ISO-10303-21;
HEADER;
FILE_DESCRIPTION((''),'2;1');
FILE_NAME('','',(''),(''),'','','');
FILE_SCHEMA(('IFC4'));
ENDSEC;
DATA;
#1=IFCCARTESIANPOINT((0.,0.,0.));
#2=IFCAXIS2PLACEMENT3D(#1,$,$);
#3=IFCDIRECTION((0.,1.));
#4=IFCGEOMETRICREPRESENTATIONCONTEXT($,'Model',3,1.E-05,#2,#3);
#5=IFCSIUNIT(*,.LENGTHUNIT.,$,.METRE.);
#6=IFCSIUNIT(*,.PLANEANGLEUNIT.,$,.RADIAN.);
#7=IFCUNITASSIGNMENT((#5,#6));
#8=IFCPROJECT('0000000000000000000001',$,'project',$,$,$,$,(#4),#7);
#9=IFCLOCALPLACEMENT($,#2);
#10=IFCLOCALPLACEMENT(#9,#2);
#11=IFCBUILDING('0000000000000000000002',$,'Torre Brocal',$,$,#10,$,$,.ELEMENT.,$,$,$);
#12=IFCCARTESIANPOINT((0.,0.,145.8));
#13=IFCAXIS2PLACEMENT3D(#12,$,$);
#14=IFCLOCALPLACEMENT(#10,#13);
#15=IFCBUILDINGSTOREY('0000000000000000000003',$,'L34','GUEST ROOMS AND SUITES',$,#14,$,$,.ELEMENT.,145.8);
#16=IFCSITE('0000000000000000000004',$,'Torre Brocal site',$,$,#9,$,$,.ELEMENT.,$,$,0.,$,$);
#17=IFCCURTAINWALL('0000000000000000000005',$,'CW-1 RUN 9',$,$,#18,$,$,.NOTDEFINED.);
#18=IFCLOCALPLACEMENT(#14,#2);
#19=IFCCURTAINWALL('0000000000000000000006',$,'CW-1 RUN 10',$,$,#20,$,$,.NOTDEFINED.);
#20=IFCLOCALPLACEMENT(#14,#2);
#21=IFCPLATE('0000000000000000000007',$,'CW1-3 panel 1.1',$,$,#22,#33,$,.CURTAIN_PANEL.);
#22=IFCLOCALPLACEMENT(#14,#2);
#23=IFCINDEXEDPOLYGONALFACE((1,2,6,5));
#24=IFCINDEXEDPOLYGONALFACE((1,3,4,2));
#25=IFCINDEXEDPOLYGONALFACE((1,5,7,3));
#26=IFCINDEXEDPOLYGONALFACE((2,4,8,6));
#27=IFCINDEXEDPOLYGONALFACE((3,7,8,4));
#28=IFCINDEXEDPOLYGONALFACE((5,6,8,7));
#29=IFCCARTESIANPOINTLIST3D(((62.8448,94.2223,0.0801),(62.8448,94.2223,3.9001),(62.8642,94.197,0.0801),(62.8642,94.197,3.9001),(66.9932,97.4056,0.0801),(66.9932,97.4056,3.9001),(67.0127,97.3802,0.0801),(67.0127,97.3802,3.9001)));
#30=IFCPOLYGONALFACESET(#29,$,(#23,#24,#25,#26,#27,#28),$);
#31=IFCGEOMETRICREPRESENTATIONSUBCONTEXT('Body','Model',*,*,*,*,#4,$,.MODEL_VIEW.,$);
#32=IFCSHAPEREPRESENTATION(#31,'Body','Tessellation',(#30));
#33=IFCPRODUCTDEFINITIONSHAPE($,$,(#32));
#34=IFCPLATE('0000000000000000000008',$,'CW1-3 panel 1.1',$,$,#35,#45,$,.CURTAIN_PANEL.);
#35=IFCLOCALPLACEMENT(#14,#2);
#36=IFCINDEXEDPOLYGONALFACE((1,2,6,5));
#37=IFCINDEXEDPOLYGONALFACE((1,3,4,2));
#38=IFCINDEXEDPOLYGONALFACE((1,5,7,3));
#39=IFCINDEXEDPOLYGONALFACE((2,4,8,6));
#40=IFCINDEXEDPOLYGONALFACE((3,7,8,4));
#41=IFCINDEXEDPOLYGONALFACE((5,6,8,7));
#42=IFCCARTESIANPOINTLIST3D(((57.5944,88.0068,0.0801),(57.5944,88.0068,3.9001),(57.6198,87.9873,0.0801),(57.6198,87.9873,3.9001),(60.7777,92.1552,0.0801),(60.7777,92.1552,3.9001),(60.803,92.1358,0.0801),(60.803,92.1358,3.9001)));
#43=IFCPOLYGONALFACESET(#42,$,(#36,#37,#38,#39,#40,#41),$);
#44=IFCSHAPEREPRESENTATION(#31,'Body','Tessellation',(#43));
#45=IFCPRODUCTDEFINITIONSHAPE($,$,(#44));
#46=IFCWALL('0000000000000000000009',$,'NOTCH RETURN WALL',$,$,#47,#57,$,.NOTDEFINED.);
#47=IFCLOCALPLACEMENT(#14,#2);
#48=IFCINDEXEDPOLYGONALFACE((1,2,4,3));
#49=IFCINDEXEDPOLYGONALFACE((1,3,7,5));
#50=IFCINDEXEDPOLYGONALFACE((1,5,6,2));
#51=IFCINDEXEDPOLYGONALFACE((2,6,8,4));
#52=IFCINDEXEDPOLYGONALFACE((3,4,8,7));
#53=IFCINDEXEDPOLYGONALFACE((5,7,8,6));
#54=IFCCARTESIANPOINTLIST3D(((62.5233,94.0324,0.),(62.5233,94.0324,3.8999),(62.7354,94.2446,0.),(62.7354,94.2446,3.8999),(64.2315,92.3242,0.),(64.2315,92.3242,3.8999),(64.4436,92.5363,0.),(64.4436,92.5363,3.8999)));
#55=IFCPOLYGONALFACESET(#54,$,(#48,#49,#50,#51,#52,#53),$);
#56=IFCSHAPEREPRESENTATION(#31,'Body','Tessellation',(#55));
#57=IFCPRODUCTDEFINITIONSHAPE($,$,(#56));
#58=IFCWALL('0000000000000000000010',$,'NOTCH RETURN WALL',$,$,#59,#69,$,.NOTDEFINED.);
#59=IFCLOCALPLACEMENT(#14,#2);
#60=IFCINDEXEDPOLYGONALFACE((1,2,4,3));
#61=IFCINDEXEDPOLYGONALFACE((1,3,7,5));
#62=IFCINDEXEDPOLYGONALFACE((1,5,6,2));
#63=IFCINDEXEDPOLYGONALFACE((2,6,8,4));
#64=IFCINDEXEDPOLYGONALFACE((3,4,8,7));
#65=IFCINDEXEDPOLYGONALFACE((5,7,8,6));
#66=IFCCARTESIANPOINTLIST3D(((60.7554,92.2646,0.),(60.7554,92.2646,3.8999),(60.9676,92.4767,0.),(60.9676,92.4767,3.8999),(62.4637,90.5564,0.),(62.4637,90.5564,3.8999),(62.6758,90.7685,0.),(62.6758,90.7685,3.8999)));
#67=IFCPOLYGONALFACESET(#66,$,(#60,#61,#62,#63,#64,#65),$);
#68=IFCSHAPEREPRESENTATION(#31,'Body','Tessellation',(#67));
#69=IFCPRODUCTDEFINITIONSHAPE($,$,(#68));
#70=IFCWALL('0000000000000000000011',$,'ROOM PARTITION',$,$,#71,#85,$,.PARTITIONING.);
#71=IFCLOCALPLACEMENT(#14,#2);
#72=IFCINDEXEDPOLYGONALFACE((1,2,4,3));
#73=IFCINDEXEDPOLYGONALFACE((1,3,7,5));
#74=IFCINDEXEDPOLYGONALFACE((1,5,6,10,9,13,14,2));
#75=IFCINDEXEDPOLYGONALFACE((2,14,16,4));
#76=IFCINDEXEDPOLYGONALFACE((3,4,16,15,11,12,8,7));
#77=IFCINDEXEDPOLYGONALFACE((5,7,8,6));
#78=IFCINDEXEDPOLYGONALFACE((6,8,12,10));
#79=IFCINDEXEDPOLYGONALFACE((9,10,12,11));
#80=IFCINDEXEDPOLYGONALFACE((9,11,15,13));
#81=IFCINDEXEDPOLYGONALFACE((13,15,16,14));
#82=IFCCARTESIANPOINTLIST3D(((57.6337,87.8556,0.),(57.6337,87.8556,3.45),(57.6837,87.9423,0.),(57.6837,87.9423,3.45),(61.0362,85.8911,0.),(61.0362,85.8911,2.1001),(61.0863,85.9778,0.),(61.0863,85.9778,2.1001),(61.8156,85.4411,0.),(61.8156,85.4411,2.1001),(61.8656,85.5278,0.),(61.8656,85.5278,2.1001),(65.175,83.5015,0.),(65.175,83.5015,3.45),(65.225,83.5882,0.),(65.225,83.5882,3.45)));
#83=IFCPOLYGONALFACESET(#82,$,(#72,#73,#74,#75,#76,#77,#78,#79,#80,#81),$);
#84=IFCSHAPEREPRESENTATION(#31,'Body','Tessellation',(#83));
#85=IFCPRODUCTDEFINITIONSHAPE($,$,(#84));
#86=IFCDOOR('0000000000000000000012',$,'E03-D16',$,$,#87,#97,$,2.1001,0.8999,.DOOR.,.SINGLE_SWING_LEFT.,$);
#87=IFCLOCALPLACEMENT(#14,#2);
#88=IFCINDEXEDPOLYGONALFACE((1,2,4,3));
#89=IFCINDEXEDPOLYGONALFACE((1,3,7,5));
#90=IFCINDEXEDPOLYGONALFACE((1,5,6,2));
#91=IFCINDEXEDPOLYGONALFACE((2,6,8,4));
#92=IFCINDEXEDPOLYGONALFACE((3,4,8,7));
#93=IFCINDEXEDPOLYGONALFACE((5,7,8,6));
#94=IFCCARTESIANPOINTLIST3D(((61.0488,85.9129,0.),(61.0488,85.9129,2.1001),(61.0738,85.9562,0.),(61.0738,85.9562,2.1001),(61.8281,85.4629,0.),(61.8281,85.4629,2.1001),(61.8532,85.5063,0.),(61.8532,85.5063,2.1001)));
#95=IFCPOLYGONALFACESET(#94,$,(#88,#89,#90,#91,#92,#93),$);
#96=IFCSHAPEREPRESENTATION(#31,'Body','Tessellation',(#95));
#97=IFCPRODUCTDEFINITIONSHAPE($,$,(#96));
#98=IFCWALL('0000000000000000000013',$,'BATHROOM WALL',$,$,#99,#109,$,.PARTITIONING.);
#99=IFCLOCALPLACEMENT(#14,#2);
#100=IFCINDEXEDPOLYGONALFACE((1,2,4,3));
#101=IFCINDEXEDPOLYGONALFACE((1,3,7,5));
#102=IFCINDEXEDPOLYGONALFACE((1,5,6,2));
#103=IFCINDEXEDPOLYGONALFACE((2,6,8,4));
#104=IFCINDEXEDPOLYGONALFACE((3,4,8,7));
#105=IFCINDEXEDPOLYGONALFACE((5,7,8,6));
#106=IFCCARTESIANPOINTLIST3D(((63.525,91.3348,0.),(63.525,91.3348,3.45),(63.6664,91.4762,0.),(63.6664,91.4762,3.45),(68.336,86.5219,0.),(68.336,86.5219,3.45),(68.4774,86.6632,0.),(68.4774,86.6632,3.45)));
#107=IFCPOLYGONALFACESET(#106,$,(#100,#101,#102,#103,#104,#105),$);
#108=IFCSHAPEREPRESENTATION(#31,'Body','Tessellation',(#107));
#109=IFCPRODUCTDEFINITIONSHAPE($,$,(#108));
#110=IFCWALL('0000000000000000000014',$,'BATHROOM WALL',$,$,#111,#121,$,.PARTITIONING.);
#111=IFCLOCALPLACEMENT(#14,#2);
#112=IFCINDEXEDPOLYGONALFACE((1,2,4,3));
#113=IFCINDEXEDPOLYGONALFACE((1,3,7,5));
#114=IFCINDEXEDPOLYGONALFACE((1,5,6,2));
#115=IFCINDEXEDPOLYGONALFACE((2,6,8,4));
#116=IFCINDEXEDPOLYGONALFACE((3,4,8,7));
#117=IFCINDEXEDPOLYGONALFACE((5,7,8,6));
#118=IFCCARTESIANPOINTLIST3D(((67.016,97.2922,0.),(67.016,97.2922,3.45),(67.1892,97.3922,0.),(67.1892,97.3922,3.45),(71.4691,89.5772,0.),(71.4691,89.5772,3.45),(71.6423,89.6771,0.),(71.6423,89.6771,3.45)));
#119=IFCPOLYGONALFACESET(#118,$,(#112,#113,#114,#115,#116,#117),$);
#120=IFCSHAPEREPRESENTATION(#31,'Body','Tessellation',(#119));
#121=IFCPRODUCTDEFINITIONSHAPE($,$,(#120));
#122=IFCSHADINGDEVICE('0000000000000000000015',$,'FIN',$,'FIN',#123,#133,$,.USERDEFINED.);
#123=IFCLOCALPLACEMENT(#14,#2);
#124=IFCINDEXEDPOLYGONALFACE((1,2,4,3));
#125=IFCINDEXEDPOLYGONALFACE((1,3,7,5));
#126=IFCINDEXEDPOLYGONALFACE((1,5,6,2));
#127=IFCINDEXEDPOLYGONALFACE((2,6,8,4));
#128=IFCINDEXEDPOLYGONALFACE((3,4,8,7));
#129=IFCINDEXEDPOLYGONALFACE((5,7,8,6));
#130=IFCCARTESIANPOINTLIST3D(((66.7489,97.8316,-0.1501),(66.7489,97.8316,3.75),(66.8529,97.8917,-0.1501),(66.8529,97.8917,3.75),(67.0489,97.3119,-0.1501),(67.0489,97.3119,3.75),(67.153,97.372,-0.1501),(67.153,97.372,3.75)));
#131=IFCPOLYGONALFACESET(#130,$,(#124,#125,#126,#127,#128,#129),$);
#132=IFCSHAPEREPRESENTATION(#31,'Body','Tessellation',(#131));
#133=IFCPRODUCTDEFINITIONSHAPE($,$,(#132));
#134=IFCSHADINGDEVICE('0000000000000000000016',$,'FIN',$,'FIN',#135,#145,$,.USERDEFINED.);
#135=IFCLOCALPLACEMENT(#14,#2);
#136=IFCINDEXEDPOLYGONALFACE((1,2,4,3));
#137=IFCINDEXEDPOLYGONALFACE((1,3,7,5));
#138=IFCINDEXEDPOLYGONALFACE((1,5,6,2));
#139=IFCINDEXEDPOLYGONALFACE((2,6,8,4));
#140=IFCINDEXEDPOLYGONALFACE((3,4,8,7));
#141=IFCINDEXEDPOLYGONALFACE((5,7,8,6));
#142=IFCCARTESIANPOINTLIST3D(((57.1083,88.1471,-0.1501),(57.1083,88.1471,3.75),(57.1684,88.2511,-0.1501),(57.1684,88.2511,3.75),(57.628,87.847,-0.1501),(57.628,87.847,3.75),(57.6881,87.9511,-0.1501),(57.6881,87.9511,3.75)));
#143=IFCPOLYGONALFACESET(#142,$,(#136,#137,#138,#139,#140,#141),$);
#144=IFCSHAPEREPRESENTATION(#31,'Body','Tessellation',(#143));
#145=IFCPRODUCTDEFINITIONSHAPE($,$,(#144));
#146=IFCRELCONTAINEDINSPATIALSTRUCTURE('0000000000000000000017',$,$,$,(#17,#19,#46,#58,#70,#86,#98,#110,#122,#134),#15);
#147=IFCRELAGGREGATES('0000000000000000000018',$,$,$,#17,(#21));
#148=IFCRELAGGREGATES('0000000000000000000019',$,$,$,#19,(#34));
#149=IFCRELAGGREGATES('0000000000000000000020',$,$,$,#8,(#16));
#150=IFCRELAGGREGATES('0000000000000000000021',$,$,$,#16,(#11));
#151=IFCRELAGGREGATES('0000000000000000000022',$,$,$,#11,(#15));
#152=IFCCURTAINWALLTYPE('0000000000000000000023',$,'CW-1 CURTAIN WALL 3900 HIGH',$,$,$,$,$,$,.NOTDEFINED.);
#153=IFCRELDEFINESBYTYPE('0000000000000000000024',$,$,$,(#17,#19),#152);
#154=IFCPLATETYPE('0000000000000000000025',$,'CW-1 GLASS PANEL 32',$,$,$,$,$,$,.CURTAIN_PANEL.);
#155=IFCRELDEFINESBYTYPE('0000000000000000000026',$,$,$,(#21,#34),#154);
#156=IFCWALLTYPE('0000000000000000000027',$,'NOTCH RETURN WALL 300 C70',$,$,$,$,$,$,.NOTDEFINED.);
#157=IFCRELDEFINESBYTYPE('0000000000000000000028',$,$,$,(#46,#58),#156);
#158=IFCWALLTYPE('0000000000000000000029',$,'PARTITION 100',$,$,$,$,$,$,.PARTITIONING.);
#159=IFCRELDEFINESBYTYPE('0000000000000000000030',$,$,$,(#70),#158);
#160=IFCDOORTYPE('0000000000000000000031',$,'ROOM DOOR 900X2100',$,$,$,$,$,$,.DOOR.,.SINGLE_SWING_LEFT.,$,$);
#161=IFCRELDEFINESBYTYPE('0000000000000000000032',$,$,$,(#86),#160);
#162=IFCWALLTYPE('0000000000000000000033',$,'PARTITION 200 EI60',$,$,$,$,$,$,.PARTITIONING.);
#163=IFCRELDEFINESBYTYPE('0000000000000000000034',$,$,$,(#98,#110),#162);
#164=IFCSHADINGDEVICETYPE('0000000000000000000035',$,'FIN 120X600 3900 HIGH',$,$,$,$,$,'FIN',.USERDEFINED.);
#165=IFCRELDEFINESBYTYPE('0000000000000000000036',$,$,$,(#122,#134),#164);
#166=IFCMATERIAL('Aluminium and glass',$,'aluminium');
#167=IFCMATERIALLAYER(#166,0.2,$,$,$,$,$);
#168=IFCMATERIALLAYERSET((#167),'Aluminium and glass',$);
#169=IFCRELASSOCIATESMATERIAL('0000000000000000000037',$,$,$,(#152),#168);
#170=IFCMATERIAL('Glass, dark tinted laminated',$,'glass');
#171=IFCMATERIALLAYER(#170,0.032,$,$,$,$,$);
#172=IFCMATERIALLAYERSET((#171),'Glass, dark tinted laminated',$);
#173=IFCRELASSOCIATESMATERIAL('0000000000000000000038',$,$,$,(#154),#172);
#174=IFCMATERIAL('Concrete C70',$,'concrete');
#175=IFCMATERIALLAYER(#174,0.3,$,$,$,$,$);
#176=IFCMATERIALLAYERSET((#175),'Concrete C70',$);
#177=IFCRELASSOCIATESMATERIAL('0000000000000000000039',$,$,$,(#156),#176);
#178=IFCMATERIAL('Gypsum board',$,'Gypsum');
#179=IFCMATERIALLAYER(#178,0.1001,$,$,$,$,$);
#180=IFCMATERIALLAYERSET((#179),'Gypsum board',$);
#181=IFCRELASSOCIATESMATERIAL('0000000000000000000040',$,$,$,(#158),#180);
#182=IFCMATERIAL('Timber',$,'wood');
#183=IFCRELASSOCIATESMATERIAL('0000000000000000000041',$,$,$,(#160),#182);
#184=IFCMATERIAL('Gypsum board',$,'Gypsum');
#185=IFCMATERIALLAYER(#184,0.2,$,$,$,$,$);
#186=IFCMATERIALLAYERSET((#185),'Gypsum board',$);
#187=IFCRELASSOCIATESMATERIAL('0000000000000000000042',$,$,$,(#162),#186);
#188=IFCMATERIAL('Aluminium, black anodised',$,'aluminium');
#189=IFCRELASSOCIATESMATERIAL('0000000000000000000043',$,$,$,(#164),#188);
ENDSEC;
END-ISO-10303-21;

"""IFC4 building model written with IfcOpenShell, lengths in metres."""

from ifc_helpers import new_model, si_unit, direction, frame, frame_2d, origin, origin_2d, place, context, subcontext, project, spatial, rectangle, extrude, material, layer, layer_set, material_profile, profile_set, type_object, element, fill, aggregate, save


model = new_model("IFC4")

# Units and contexts
model_context = context("Model", 3, precision=1e-05, world=origin(), true_north=direction((0.0, 1.0)))
body_context = subcontext(model_context, "Body", "Model", "MODEL_VIEW")
ifc_project = project(units=[si_unit("LENGTHUNIT", "METRE"), si_unit("PLANEANGLEUNIT", "RADIAN")], contexts=[model_context])

# Site, building, storey
site_placement = place(None, origin())
site = spatial("IfcSite", under=ifc_project, at=site_placement, Name="Torre Brocal site", CompositionType="ELEMENT", RefElevation=0.0)
building_placement = place(site_placement, origin())
building = spatial("IfcBuilding", under=site, at=building_placement, Name="Torre Brocal", CompositionType="ELEMENT")
storey_placement = place(building_placement, frame((0.0, 0.0, 145.8)))
storey = spatial("IfcBuildingStorey", under=building, at=storey_placement, Name="L34", Description="GUEST ROOMS AND SUITES", CompositionType="ELEMENT", Elevation=145.8)

# Shared definitions
ifc_material_1 = material(Name="Aluminium and glass", Category="aluminium")
ifc_layer_1 = layer(ifc_material_1, 0.2)
ifc_layer_set_1 = layer_set([ifc_layer_1], Name="Aluminium and glass")
curtain_wall_type = type_object("IfcCurtainWallType", Name="CW-1 CURTAIN WALL 3900 HIGH", PredefinedType="NOTDEFINED", material=ifc_layer_set_1)

# Curtain walls
curtain_wall_1_placement = place(storey_placement, origin())
curtain_wall_1 = element("IfcCurtainWall", 1, at=curtain_wall_1_placement, inside=storey, type_object=curtain_wall_type, Name="CW-1 RUN 9", PredefinedType="NOTDEFINED")
curtain_wall_2_placement = place(storey_placement, origin())
curtain_wall_2 = element("IfcCurtainWall", 2, at=curtain_wall_2_placement, inside=storey, type_object=curtain_wall_type, Name="CW-1 RUN 10", PredefinedType="NOTDEFINED")

# Plates
ifc_material_2 = material(Name="Glass, dark tinted laminated", Category="glass")
ifc_layer_2 = layer(ifc_material_2, 0.032)
ifc_layer_set_2 = layer_set([ifc_layer_2], Name="Glass, dark tinted laminated")
plate_type = type_object("IfcPlateType", Name="CW-1 GLASS PANEL 32", PredefinedType="CURTAIN_PANEL", material=ifc_layer_set_2)
plate_1_placement = place(storey_placement, frame((64.9287, 95.8013, 0.0801), z_axis=(0.0, 0.0, 1.0), x_axis=(-0.793353, -0.608761, 0.0)))
plate_1 = element("IfcPlate", 3, at=plate_1_placement, type_object=plate_type, Name="CW1-3 panel 1.1", PredefinedType="CURTAIN_PANEL", context=body_context, shape_type="SweptSolid", body=[
    extrude(rectangle(XDim=5.229, YDim=0.032, at=origin_2d()), origin(), (0.0, 0.0, 1.0), 3.8201),
])
aggregate(curtain_wall_1, [plate_1])
plate_2_placement = place(storey_placement, frame((59.1987, 90.0713, 0.0801), z_axis=(0.0, 0.0, 1.0), x_axis=(-0.608761, -0.793353, 0.0)))
plate_2 = element("IfcPlate", 4, at=plate_2_placement, type_object=plate_type, Name="CW1-3 panel 1.1", PredefinedType="CURTAIN_PANEL", context=body_context, shape_type="SweptSolid", body=[
    extrude(rectangle(XDim=5.229, YDim=0.032, at=origin_2d()), origin(), (0.0, 0.0, 1.0), 3.8201),
])
aggregate(curtain_wall_2, [plate_2])

# Walls
ifc_material_3 = material(Name="Concrete C70", Category="concrete")
ifc_layer_3 = layer(ifc_material_3, 0.3)
ifc_layer_set_3 = layer_set([ifc_layer_3], Name="Concrete C70")
wall_type_1 = type_object("IfcWallType", Name="NOTCH RETURN WALL 300 C70", PredefinedType="NOTDEFINED", material=ifc_layer_set_3)
for number, where, z_axis, x_axis, name in (
    (5, (64.3376, 92.4302, 0.0), (0.0, 0.0, 1.0), (-0.707107, 0.707107, 0.0), "NOTCH RETURN WALL"),
    (6, (62.5698, 90.6624, 0.0), (0.0, 0.0, 1.0), (-0.707107, 0.707107, 0.0), "NOTCH RETURN WALL"),
):
    element("IfcWall", number, at=place(storey_placement, frame(where, z_axis=z_axis, x_axis=x_axis)), inside=storey, type_object=wall_type_1, Name=name, PredefinedType="NOTDEFINED", context=body_context, shape_type="SweptSolid", body=[
        extrude(rectangle(XDim=2.4158, YDim=0.3, at=frame_2d((1.208, 0.0))), origin(), (0.0, 0.0, 1.0), 3.8999),
    ])

# Wall, opening, door
ifc_material_4 = material(Name="Gypsum board", Category="Gypsum")
ifc_layer_4 = layer(ifc_material_4, 0.1001)
ifc_layer_set_4 = layer_set([ifc_layer_4], Name="Gypsum board")
wall_type_2 = type_object("IfcWallType", Name="PARTITION 100", PredefinedType="PARTITIONING", material=ifc_layer_set_4)
wall_1_placement = place(storey_placement, frame((57.6587, 87.8989, 0.0), z_axis=(0.0, 0.0, 1.0), x_axis=(0.866023, -0.500005, 0.0)))
wall_1 = element("IfcWall", 7, at=wall_1_placement, inside=storey, type_object=wall_type_2, Name="ROOM PARTITION", PredefinedType="PARTITIONING", context=body_context, shape_type="SweptSolid", body=[
    extrude(rectangle(XDim=8.708, YDim=0.1001, at=frame_2d((4.354, 0.0))), origin(), (0.0, 0.0, 1.0), 3.45),
])
opening_placement = place(wall_1_placement, frame((3.929, 0.0, 0.0)))
opening = element("IfcOpeningElement", 8, at=opening_placement, cuts=wall_1, PredefinedType="OPENING", context=body_context, shape_type="SweptSolid", body=[
    extrude(rectangle(XDim=0.8999, YDim=2.1001, at=frame_2d((0.45, 1.05))), frame((0.0, 0.0601, 0.0), z_axis=(0.0, -1.0, 0.0), x_axis=(1.0, 0.0, 0.0)), (0.0, 0.0, 1.0), 0.1201),
])
ifc_material_5 = material(Name="Timber", Category="wood")
door_type = type_object("IfcDoorType", Name="ROOM DOOR 900X2100", OperationType="SINGLE_SWING_LEFT", PredefinedType="DOOR", material=ifc_material_5)
door_placement = place(opening_placement, frame((0.8999, 0.0, 0.0), z_axis=(0.0, 0.0, 1.0), x_axis=(-1.0, 0.0, 0.0)))
door = element("IfcDoor", 9, at=door_placement, inside=storey, type_object=door_type, Name="E03-D16", OperationType="SINGLE_SWING_LEFT", OverallHeight=2.1001, OverallWidth=0.8999, PredefinedType="DOOR", context=body_context, shape_type="SweptSolid", body=[
    extrude(rectangle(XDim=0.8999, YDim=2.1001, at=frame_2d((0.45, 1.05))), frame((0.0, 0.0249, 0.0), z_axis=(0.0, -1.0, 0.0), x_axis=(1.0, 0.0, 0.0)), (0.0, 0.0, 1.0), 0.05),
])
fill(opening, door)

# Walls
ifc_material_6 = material(Name="Gypsum board", Category="Gypsum")
ifc_layer_5 = layer(ifc_material_6, 0.2)
ifc_layer_set_5 = layer_set([ifc_layer_5], Name="Gypsum board")
wall_type_3 = type_object("IfcWallType", Name="PARTITION 200 EI60", PredefinedType="PARTITIONING", material=ifc_layer_set_5)
wall_2_placement = place(storey_placement, frame((63.5957, 91.4055, 0.0), z_axis=(0.0, 0.0, 1.0), x_axis=(0.706963, -0.70725, 0.0)))
element("IfcWall", 10, at=wall_2_placement, inside=storey, type_object=wall_type_3, Name="BATHROOM WALL", PredefinedType="PARTITIONING", context=body_context, shape_type="SweptSolid", body=[
    extrude(rectangle(XDim=6.8052, YDim=0.2, at=frame_2d((3.4026, 0.0))), origin(), (0.0, 0.0, 1.0), 3.45),
])
wall_3_placement = place(storey_placement, frame((67.1025, 97.3423, 0.0), z_axis=(0.0, 0.0, 1.0), x_axis=(0.4999, -0.866083, 0.0)))
element("IfcWall", 11, at=wall_3_placement, inside=storey, type_object=wall_type_3, Name="BATHROOM WALL", PredefinedType="PARTITIONING", context=body_context, shape_type="SweptSolid", body=[
    extrude(rectangle(XDim=8.908, YDim=0.2, at=frame_2d((4.4541, 0.0))), origin(), (0.0, 0.0, 1.0), 3.45),
])

# Shading devices
ifc_material_7 = material(Name="Aluminium, black anodised", Category="aluminium")
ifc_material_profile_1 = material_profile(ifc_material_7, rectangle(XDim=0.1201, YDim=0.6001, at=origin_2d()), Name="FIN 120X600 3900 HIGH")
ifc_profile_set_1 = profile_set([ifc_material_profile_1], Name="Aluminium, black anodised")
shading_device_type = type_object("IfcShadingDeviceType", Name="FIN 120X600 3900 HIGH", ElementType="FIN", PredefinedType="USERDEFINED", material=ifc_profile_set_1)
for number, where, z_axis, x_axis, name in (
    (12, (66.9509, 97.6018, -0.1501), (0.0, 0.0, 1.0), (-0.866025, -0.5, 0.0), "FIN"),
    (13, (57.3982, 88.0491, -0.1501), (0.0, 0.0, 1.0), (-0.5, -0.866025, 0.0), "FIN"),
):
    element("IfcShadingDevice", number, at=place(storey_placement, frame(where, z_axis=z_axis, x_axis=x_axis)), inside=storey, type_object=shading_device_type, Name=name, ObjectType="FIN", PredefinedType="USERDEFINED", context=body_context, shape_type="SweptSolid", body=[
        extrude(rectangle(XDim=0.1201, YDim=0.6001, at=origin_2d()), origin(), (0.0, 0.0, 1.0), 3.9001),
    ])

save(model, "model.ifc")
